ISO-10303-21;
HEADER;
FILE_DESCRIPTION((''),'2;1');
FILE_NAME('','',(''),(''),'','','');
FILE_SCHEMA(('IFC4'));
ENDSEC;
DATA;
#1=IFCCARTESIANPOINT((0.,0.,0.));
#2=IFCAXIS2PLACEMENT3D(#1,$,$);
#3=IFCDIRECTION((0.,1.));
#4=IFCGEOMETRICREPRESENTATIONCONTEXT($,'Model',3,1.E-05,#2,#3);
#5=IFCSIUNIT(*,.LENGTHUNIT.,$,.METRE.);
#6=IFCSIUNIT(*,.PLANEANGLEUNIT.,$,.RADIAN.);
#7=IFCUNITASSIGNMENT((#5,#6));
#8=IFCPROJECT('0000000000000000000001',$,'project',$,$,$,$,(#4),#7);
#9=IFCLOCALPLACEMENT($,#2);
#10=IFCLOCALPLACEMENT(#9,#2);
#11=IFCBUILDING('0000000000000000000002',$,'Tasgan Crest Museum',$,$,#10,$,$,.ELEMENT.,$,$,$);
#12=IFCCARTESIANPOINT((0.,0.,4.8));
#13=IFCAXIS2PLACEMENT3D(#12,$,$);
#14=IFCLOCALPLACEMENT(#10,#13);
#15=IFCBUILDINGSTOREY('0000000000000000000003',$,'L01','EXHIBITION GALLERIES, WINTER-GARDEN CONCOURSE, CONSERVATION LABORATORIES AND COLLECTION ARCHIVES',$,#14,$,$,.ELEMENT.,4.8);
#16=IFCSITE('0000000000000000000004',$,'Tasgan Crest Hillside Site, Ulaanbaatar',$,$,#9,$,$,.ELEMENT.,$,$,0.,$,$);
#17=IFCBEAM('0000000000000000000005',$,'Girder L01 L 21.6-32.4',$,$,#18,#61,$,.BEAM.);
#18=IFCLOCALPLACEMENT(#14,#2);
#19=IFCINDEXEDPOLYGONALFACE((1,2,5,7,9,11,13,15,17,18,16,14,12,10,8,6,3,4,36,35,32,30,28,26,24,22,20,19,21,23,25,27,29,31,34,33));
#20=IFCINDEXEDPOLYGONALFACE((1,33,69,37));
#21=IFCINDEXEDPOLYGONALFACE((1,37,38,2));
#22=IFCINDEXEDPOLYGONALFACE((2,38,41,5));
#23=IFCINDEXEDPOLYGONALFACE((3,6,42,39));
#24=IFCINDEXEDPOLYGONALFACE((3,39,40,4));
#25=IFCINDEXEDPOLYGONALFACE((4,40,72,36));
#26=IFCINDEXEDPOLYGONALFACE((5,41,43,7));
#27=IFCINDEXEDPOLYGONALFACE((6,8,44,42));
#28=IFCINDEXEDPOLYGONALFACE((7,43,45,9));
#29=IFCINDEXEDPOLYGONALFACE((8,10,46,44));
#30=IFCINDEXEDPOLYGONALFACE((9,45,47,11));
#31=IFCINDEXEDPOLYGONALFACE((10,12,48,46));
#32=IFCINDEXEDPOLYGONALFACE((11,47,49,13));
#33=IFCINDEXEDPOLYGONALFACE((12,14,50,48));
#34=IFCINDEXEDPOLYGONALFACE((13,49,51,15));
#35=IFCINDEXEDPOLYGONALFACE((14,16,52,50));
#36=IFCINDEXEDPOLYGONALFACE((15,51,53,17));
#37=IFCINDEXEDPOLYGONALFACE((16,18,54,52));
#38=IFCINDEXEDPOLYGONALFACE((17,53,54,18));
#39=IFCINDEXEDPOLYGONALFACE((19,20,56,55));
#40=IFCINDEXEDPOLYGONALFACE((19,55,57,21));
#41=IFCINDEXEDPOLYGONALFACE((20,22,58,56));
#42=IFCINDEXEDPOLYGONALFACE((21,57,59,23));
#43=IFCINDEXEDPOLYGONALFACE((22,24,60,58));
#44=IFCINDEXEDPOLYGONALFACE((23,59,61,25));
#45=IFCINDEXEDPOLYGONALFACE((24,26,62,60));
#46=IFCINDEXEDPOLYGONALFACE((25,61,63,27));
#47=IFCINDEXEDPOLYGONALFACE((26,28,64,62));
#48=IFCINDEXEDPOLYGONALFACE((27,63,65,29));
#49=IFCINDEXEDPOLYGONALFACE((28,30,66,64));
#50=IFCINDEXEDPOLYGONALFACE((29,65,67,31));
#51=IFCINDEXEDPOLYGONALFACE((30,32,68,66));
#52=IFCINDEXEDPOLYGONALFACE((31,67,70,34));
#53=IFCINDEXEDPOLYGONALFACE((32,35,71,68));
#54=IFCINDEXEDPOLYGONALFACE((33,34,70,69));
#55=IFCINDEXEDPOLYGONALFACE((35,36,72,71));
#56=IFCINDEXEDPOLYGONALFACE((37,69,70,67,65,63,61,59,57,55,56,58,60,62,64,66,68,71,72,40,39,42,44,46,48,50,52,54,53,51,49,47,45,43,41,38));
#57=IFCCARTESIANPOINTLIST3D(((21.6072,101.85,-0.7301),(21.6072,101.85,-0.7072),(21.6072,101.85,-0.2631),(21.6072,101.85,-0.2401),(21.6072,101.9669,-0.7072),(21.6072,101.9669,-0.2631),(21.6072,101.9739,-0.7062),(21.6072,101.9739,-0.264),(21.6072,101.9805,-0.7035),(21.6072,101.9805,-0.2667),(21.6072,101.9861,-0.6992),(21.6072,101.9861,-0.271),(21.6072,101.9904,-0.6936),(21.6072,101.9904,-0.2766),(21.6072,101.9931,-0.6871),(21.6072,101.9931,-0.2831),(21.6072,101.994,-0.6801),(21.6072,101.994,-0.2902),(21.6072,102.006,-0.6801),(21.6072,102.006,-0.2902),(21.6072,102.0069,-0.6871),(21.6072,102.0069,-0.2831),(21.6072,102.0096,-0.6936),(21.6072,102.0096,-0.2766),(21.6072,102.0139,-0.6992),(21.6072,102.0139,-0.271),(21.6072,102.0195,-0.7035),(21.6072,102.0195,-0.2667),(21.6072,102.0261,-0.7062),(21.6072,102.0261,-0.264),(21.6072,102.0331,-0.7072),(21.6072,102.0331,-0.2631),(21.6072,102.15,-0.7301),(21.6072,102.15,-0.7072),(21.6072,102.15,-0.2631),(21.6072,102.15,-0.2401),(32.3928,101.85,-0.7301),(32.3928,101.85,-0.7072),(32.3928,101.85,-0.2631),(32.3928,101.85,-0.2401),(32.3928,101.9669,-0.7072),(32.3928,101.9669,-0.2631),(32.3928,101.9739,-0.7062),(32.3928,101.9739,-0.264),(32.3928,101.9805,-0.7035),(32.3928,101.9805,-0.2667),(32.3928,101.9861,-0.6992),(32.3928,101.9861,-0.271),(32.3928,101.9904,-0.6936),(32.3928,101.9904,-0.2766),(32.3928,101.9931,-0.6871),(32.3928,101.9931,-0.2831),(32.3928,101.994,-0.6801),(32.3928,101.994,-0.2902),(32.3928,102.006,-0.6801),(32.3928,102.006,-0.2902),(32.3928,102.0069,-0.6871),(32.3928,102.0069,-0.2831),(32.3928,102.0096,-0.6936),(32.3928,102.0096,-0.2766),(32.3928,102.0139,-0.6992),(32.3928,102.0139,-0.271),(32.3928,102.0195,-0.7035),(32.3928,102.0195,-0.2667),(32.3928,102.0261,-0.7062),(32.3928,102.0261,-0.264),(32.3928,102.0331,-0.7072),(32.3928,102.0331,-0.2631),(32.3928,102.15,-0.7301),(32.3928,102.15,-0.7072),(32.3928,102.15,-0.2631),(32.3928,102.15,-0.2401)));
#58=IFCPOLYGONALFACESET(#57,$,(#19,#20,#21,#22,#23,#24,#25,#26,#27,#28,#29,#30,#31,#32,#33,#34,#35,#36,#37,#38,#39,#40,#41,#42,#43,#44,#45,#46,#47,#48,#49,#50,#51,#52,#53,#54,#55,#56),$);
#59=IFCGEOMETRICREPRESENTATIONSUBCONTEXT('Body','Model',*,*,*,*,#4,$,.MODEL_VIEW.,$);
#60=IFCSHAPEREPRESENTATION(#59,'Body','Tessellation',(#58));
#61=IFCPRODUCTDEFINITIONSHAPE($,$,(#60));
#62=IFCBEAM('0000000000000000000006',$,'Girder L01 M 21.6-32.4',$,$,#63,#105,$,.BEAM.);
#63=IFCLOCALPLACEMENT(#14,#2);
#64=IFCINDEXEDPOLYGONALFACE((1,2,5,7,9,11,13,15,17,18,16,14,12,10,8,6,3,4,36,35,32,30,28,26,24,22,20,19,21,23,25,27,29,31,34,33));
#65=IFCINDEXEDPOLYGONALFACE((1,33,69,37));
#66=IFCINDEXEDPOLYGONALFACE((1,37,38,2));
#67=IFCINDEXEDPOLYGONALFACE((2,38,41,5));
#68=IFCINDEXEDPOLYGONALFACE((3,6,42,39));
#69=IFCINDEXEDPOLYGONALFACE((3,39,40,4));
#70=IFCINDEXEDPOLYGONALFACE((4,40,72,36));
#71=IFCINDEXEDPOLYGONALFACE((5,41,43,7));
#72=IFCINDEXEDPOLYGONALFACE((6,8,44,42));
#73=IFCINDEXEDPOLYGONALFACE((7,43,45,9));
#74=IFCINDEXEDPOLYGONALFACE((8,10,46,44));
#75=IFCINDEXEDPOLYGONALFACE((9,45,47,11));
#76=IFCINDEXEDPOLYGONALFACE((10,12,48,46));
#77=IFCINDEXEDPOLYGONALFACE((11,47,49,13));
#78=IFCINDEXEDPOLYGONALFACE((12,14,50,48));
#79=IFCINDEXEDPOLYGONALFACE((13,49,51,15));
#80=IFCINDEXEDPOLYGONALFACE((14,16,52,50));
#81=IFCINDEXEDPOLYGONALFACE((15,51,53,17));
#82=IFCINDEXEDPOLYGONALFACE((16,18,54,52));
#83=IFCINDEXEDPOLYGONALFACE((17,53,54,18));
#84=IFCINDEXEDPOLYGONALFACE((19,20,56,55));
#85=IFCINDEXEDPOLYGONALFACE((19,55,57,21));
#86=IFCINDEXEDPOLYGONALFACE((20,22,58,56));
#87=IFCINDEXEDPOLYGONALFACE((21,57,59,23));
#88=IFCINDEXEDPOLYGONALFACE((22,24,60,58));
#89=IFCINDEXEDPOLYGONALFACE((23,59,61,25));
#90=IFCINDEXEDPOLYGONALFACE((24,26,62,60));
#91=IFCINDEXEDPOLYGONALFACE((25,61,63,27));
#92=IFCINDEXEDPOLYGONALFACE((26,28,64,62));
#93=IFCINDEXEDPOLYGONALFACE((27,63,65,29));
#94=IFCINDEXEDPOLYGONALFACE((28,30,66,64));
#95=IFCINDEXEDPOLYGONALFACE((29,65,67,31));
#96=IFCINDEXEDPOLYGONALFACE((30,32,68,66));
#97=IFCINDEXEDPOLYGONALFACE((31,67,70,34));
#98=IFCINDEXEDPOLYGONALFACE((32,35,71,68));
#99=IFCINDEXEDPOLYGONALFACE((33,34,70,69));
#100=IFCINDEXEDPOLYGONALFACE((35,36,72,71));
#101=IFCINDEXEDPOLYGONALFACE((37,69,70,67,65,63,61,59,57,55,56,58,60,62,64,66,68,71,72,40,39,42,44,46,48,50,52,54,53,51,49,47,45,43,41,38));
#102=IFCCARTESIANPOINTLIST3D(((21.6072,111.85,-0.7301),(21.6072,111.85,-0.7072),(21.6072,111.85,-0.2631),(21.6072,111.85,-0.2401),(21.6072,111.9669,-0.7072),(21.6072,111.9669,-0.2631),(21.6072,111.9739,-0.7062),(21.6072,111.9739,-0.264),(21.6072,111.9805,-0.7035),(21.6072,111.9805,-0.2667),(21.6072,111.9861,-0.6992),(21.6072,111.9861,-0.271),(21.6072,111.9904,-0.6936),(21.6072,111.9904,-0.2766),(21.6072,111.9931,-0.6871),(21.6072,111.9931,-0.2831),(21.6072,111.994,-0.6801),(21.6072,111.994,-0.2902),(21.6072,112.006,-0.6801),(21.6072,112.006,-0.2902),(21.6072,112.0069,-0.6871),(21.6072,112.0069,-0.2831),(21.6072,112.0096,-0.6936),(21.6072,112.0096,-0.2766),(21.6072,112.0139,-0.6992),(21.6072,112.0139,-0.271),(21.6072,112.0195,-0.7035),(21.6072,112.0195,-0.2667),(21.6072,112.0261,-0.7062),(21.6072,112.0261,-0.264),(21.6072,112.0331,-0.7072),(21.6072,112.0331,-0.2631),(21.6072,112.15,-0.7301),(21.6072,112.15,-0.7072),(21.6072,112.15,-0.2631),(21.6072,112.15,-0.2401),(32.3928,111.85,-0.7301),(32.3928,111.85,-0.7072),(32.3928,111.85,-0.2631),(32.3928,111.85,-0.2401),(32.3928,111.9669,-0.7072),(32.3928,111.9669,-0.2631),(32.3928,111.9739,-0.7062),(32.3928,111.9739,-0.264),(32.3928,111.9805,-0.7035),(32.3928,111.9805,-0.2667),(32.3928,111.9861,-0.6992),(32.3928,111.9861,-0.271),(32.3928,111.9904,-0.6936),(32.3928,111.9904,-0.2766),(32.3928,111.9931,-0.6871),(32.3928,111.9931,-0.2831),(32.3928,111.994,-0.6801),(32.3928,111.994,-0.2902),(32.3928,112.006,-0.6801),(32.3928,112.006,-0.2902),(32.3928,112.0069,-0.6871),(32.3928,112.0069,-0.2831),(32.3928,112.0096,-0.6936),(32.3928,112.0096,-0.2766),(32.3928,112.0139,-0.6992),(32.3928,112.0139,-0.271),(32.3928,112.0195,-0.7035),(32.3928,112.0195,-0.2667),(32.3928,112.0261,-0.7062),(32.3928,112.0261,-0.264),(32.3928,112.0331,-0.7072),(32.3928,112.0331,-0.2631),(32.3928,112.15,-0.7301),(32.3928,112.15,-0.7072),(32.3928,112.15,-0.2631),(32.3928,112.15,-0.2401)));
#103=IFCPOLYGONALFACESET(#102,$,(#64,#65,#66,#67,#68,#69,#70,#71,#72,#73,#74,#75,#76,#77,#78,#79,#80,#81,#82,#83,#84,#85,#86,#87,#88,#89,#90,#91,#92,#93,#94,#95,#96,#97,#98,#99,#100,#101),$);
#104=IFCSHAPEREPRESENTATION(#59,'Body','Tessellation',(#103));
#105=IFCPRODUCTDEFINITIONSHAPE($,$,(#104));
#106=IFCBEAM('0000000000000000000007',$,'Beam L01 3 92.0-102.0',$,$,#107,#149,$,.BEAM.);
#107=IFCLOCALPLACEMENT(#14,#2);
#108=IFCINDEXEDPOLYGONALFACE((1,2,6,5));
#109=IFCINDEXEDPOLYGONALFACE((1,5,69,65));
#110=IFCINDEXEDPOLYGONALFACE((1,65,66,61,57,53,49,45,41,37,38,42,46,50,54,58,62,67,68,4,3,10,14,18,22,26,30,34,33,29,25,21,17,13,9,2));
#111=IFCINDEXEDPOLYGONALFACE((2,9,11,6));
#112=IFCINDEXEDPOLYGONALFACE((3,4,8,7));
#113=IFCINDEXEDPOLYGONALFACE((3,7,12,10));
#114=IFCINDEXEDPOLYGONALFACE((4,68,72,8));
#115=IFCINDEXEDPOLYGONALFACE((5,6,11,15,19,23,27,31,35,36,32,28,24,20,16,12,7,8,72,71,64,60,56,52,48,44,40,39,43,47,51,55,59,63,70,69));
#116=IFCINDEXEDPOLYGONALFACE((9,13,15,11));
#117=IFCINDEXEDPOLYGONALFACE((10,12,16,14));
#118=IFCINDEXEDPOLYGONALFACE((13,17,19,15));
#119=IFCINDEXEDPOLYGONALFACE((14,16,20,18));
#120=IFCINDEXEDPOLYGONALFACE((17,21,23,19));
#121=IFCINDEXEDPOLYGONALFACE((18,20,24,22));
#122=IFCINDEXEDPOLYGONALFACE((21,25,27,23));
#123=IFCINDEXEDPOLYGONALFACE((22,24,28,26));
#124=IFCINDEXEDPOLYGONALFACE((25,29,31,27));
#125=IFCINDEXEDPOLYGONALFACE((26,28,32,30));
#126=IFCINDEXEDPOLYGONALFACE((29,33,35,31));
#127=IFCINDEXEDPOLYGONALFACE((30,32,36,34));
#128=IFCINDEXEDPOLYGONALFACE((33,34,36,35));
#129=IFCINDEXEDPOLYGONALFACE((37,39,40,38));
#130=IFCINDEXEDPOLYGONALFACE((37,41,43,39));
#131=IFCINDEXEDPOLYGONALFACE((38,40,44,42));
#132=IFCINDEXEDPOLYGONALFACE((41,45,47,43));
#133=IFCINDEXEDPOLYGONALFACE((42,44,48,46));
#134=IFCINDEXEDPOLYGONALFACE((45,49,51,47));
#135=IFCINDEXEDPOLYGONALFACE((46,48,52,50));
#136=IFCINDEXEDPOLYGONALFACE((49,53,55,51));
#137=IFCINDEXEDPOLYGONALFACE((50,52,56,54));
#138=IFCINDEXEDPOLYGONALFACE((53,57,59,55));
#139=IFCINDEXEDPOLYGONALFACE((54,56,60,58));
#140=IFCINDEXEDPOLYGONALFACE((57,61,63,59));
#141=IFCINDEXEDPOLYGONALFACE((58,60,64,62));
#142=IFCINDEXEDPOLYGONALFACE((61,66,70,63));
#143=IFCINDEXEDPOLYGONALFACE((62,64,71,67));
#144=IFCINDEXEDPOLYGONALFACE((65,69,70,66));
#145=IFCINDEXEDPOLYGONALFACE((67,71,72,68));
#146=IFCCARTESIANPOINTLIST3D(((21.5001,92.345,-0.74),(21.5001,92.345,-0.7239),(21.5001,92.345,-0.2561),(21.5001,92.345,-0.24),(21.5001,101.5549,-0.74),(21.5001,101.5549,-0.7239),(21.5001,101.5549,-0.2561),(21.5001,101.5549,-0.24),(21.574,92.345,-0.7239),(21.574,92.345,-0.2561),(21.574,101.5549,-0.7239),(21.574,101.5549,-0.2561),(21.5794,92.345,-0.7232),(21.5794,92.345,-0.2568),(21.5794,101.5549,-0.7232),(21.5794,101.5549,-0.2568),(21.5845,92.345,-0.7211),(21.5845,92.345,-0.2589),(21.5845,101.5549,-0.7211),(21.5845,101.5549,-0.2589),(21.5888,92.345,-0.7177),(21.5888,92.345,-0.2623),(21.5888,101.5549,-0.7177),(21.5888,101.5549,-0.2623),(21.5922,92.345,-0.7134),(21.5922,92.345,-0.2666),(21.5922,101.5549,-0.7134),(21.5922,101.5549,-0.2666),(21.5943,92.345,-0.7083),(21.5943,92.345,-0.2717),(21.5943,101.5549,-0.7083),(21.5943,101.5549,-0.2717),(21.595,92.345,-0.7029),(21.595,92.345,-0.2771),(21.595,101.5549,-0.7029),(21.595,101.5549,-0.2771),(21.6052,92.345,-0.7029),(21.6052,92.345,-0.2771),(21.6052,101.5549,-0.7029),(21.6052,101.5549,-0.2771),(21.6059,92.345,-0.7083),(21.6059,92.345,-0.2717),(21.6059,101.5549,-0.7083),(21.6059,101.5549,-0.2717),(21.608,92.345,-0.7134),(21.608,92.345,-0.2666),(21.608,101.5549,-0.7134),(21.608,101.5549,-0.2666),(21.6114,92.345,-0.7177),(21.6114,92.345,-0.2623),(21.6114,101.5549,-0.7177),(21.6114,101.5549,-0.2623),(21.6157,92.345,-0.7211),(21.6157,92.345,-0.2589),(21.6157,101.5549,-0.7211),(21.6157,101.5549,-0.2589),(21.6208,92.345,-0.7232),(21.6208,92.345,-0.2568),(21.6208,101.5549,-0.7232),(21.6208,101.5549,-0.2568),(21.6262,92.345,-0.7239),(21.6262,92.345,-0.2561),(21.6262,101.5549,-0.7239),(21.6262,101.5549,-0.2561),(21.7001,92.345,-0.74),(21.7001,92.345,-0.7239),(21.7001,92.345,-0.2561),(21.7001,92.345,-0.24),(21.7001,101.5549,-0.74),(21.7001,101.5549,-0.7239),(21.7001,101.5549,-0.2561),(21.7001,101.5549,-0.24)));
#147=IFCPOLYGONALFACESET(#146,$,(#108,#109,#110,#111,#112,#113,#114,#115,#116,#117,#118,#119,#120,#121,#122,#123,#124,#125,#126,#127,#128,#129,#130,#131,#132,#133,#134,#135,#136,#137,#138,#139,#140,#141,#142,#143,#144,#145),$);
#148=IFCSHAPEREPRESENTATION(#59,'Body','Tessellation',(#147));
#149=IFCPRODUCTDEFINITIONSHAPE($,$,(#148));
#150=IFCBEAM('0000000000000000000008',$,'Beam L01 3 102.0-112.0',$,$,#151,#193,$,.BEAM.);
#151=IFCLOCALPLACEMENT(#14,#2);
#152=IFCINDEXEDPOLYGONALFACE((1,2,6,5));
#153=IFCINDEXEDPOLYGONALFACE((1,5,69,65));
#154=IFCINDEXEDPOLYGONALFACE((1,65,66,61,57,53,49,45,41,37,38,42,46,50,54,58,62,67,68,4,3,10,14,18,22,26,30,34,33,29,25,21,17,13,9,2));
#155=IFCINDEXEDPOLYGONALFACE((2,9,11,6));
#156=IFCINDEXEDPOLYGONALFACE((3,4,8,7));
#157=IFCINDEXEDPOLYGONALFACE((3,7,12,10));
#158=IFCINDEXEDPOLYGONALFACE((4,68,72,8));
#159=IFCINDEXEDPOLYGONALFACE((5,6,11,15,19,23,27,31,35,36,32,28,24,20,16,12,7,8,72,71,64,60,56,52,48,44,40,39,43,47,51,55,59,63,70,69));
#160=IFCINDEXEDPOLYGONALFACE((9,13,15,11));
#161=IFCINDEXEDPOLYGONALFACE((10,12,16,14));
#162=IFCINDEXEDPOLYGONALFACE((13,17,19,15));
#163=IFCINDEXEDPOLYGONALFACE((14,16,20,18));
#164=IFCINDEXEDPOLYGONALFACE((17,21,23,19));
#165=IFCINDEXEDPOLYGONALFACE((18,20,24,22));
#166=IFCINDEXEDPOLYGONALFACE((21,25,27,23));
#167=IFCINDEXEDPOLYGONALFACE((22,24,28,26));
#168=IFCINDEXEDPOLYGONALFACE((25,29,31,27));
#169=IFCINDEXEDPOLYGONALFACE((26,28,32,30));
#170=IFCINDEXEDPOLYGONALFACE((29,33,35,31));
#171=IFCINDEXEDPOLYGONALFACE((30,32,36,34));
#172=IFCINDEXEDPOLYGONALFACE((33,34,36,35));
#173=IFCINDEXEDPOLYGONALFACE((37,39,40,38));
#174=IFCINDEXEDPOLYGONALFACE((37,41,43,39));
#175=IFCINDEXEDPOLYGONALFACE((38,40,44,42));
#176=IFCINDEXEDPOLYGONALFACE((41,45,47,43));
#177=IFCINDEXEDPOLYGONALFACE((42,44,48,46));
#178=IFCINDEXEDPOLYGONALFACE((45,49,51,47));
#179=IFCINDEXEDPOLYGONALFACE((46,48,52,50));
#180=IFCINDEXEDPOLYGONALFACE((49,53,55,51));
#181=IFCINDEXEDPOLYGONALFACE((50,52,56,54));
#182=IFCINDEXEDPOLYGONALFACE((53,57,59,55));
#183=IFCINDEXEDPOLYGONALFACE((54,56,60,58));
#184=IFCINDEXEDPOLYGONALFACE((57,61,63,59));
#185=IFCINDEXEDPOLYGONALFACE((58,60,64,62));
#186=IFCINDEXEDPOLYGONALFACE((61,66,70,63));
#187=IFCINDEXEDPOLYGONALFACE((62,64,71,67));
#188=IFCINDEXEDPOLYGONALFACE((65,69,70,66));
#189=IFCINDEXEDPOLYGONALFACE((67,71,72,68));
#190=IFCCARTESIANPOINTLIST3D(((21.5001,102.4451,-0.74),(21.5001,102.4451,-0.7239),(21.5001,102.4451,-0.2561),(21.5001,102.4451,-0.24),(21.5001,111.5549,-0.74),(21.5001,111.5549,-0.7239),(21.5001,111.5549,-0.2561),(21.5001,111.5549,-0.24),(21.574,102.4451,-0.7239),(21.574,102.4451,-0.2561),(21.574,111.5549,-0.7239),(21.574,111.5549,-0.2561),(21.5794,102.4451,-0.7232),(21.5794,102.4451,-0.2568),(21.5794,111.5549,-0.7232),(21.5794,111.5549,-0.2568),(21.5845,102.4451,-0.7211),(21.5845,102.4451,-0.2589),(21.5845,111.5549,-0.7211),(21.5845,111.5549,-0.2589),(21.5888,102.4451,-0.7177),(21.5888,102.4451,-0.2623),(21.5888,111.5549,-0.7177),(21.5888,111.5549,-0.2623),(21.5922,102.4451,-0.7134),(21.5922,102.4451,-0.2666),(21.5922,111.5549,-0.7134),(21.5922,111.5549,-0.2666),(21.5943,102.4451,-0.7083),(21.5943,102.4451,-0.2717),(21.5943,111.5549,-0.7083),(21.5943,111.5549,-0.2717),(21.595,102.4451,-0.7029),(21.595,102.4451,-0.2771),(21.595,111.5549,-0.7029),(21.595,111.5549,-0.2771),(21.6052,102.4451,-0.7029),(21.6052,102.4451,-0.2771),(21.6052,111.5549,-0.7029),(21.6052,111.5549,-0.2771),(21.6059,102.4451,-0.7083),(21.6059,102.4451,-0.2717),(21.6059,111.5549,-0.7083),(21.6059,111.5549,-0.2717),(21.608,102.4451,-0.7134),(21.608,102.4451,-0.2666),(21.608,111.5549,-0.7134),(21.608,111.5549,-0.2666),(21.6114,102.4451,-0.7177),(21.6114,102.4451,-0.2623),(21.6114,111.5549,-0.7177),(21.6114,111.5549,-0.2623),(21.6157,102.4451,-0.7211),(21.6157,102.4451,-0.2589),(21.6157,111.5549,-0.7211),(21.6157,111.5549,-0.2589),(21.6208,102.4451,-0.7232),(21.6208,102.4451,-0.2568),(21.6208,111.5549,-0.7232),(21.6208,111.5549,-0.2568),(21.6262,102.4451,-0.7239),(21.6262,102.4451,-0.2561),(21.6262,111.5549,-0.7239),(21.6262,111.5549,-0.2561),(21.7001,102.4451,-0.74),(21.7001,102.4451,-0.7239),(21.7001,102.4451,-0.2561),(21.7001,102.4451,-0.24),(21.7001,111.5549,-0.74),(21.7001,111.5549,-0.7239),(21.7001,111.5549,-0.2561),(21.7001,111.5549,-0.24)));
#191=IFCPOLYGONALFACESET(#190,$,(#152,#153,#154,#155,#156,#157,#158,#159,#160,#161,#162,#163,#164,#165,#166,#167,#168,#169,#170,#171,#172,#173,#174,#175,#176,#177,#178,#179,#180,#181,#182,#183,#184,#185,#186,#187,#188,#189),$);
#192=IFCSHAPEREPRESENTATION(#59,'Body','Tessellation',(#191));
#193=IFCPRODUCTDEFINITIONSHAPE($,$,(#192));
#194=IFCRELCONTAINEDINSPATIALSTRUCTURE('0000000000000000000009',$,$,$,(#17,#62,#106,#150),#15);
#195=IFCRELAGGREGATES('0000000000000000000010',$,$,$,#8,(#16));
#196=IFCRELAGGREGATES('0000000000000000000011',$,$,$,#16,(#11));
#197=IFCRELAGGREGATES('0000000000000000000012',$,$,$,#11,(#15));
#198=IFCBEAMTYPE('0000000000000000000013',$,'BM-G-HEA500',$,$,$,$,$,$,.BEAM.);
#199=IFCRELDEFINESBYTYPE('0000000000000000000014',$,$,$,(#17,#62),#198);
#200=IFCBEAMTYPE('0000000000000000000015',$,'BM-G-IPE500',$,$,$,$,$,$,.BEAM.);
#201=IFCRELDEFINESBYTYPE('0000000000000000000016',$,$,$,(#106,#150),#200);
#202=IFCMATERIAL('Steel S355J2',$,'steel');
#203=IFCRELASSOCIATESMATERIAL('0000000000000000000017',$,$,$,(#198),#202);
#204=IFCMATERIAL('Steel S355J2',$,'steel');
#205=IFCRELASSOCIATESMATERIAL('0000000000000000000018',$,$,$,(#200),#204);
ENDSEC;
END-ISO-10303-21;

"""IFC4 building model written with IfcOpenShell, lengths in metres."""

from ifc_helpers import new_model, si_unit, direction, frame, origin, origin_2d, place, context, subcontext, project, spatial, i_section, extrude, material, material_profile, profile_set, type_object, element, save


model = new_model("IFC4")

# Units and contexts
model_context = context("Model", 3, precision=1e-05, world=origin(), true_north=direction((0.0, 1.0)))
body_context = subcontext(model_context, "Body", "Model", "MODEL_VIEW")
ifc_project = project(units=[si_unit("LENGTHUNIT", "METRE"), si_unit("PLANEANGLEUNIT", "RADIAN")], contexts=[model_context])

# Site, building, storey
site_placement = place(None, origin())
site = spatial("IfcSite", under=ifc_project, at=site_placement, Name="Tasgan Crest Hillside Site, Ulaanbaatar", CompositionType="ELEMENT", RefElevation=0.0)
building_placement = place(site_placement, origin())
building = spatial("IfcBuilding", under=site, at=building_placement, Name="Tasgan Crest Museum", CompositionType="ELEMENT")
storey_placement = place(building_placement, frame((0.0, 0.0, 4.8)))
storey = spatial("IfcBuildingStorey", under=building, at=storey_placement, Name="L01", Description="EXHIBITION GALLERIES, WINTER-GARDEN CONCOURSE, CONSERVATION LABORATORIES AND COLLECTION ARCHIVES", CompositionType="ELEMENT", Elevation=4.8)

# Beams
ifc_material_1 = material(Name="Steel S355J2", Category="steel")
ifc_material_profile_1 = material_profile(ifc_material_1, i_section(OverallWidth=0.3, OverallDepth=0.49, WebThickness=0.012, FlangeThickness=0.0229, FilletRadius=0.0271, at=origin_2d()), Name="HEA 500")
ifc_profile_set_1 = profile_set([ifc_material_profile_1], Name="Steel S355J2")
beam_type_1 = type_object("IfcBeamType", Name="BM-G-HEA500", PredefinedType="BEAM", material=ifc_profile_set_1)
for number, where, z_axis, x_axis, name in (
    (1, (21.6072, 102.0, -0.4851), (1.0, 0.0, 0.0), (0.0, 1.0, 0.0), "Girder L01 L 21.6-32.4"),
    (2, (21.6072, 112.0, -0.4851), (1.0, 0.0, 0.0), (0.0, 1.0, 0.0), "Girder L01 M 21.6-32.4"),
):
    element("IfcBeam", number, at=place(storey_placement, frame(where, z_axis=z_axis, x_axis=x_axis)), inside=storey, type_object=beam_type_1, Name=name, PredefinedType="BEAM", context=body_context, shape_type="SweptSolid", body=[
        extrude(i_section(OverallWidth=0.3, OverallDepth=0.49, WebThickness=0.012, FlangeThickness=0.0229, FilletRadius=0.0271, at=origin_2d()), origin(), (0.0, 0.0, 1.0), 10.7856),
    ])
ifc_material_2 = material(Name="Steel S355J2", Category="steel")
ifc_material_profile_2 = material_profile(ifc_material_2, i_section(OverallWidth=0.2, OverallDepth=0.5, WebThickness=0.0103, FlangeThickness=0.0161, FilletRadius=0.021, at=origin_2d()), Name="IPE 500")
ifc_profile_set_2 = profile_set([ifc_material_profile_2], Name="Steel S355J2")
beam_type_2 = type_object("IfcBeamType", Name="BM-G-IPE500", PredefinedType="BEAM", material=ifc_profile_set_2)
beam_1_placement = place(storey_placement, frame((21.6001, 92.345, -0.49), z_axis=(0.0, 1.0, 0.0), x_axis=(-1.0, 0.0, 0.0)))
element("IfcBeam", 3, at=beam_1_placement, inside=storey, type_object=beam_type_2, Name="Beam L01 3 92.0-102.0", PredefinedType="BEAM", context=body_context, shape_type="SweptSolid", body=[
    extrude(i_section(OverallWidth=0.2, OverallDepth=0.5, WebThickness=0.0103, FlangeThickness=0.0161, FilletRadius=0.021, at=origin_2d()), origin(), (0.0, 0.0, 1.0), 9.21),
])
beam_2_placement = place(storey_placement, frame((21.6001, 102.4451, -0.49), z_axis=(0.0, 1.0, 0.0), x_axis=(-1.0, 0.0, 0.0)))
element("IfcBeam", 4, at=beam_2_placement, inside=storey, type_object=beam_type_2, Name="Beam L01 3 102.0-112.0", PredefinedType="BEAM", context=body_context, shape_type="SweptSolid", body=[
    extrude(i_section(OverallWidth=0.2, OverallDepth=0.5, WebThickness=0.0103, FlangeThickness=0.0161, FilletRadius=0.021, at=origin_2d()), origin(), (0.0, 0.0, 1.0), 9.1099),
])

save(model, "model.ifc")
